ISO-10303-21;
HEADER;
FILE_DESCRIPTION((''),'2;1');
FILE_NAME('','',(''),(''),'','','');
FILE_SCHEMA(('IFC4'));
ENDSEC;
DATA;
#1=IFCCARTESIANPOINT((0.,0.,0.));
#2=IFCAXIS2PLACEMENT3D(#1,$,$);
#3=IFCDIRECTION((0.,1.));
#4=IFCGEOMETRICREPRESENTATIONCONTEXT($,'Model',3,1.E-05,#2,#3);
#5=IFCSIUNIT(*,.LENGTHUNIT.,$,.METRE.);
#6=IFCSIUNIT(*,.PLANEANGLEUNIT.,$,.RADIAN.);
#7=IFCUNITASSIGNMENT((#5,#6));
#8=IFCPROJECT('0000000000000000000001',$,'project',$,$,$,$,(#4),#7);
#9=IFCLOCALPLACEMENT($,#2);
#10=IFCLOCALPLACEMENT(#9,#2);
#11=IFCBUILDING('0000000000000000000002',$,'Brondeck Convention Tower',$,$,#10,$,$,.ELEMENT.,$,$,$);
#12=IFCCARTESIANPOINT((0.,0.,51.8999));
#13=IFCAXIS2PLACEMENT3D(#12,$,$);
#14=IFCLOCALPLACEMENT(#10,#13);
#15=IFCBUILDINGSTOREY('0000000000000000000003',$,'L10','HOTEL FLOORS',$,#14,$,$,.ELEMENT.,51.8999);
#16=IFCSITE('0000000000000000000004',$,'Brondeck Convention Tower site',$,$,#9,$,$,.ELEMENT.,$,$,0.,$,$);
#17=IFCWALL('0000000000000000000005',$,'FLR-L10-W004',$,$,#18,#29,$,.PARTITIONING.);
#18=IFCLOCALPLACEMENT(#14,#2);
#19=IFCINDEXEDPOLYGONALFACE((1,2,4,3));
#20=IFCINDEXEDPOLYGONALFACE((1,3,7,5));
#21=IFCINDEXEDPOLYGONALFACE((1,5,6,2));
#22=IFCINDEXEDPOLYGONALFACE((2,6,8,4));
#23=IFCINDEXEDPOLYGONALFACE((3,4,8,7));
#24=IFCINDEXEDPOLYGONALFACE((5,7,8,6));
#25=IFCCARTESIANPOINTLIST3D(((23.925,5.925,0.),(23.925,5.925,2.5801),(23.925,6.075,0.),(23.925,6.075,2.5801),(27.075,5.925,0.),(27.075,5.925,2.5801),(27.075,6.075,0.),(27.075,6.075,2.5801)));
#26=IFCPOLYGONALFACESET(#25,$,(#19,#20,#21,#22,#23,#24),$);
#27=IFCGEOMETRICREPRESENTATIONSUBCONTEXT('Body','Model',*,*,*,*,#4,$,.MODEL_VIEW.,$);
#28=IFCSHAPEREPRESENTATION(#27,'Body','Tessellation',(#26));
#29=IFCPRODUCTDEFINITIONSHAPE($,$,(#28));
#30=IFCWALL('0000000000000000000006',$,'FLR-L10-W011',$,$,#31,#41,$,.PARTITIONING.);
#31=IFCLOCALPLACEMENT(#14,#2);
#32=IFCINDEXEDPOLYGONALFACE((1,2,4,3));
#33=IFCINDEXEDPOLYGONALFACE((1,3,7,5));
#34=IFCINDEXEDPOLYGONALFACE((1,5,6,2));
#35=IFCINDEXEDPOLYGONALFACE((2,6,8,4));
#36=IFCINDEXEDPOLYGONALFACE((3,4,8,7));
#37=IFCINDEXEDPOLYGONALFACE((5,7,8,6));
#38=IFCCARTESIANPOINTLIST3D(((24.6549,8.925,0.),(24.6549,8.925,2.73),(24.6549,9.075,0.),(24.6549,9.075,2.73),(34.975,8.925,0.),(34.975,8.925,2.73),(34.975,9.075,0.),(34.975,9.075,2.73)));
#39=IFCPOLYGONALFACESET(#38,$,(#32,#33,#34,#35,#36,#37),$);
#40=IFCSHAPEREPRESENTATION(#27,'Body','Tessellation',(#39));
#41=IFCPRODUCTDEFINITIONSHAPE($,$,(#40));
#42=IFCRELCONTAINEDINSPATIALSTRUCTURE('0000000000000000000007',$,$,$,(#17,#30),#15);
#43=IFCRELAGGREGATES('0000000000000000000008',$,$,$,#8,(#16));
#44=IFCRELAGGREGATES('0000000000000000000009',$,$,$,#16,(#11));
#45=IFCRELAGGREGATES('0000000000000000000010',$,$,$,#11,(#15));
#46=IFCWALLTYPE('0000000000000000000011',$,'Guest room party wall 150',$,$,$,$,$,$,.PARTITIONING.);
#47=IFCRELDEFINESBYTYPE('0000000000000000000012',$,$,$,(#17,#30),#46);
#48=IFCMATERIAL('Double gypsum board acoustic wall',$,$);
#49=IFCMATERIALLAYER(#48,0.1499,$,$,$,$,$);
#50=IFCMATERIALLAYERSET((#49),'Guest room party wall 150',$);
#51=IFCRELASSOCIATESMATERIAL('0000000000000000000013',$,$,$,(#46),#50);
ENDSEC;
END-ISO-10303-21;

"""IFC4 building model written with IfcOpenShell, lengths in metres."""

from ifc_helpers import new_model, si_unit, direction, frame, frame_2d, origin, place, context, subcontext, project, spatial, rectangle, extrude, material, layer, layer_set, type_object, element, save


model = new_model("IFC4")

# Units and contexts
model_context = context("Model", 3, precision=1e-05, world=origin(), true_north=direction((0.0, 1.0)))
body_context = subcontext(model_context, "Body", "Model", "MODEL_VIEW")
ifc_project = project(units=[si_unit("LENGTHUNIT", "METRE"), si_unit("PLANEANGLEUNIT", "RADIAN")], contexts=[model_context])

# Site, building, storey
site_placement = place(None, origin())
site = spatial("IfcSite", under=ifc_project, at=site_placement, Name="Brondeck Convention Tower site", CompositionType="ELEMENT", RefElevation=0.0)
building_placement = place(site_placement, origin())
building = spatial("IfcBuilding", under=site, at=building_placement, Name="Brondeck Convention Tower", CompositionType="ELEMENT")
storey_placement = place(building_placement, frame((0.0, 0.0, 51.8999)))
storey = spatial("IfcBuildingStorey", under=building, at=storey_placement, Name="L10", Description="HOTEL FLOORS", CompositionType="ELEMENT", Elevation=51.8999)

# Walls
ifc_material_1 = material(Name="Double gypsum board acoustic wall")
ifc_layer_1 = layer(ifc_material_1, 0.1499)
ifc_layer_set_1 = layer_set([ifc_layer_1], Name="Guest room party wall 150")
wall_type_1 = type_object("IfcWallType", Name="Guest room party wall 150", PredefinedType="PARTITIONING", material=ifc_layer_set_1)
wall_1_placement = place(storey_placement, frame((27.075, 6.0, 0.0), z_axis=(0.0, 0.0, 1.0), x_axis=(-1.0, 0.0, 0.0)))
element("IfcWall", 1, at=wall_1_placement, inside=storey, type_object=wall_type_1, Name="FLR-L10-W004", PredefinedType="PARTITIONING", context=body_context, shape_type="SweptSolid", body=[
    extrude(rectangle(XDim=3.1499, YDim=0.1499, at=frame_2d((1.575, 0.0))), origin(), (0.0, 0.0, 1.0), 2.5801),
])
wall_2_placement = place(storey_placement, frame((34.9751, 9.0, 0.0), z_axis=(0.0, 0.0, 1.0), x_axis=(-1.0, 0.0, 0.0)))
element("IfcWall", 2, at=wall_2_placement, inside=storey, type_object=wall_type_1, Name="FLR-L10-W011", PredefinedType="PARTITIONING", context=body_context, shape_type="SweptSolid", body=[
    extrude(rectangle(XDim=10.3201, YDim=0.1499, at=frame_2d((5.1602, 0.0))), origin(), (0.0, 0.0, 1.0), 2.73),
])

save(model, "model.ifc")
